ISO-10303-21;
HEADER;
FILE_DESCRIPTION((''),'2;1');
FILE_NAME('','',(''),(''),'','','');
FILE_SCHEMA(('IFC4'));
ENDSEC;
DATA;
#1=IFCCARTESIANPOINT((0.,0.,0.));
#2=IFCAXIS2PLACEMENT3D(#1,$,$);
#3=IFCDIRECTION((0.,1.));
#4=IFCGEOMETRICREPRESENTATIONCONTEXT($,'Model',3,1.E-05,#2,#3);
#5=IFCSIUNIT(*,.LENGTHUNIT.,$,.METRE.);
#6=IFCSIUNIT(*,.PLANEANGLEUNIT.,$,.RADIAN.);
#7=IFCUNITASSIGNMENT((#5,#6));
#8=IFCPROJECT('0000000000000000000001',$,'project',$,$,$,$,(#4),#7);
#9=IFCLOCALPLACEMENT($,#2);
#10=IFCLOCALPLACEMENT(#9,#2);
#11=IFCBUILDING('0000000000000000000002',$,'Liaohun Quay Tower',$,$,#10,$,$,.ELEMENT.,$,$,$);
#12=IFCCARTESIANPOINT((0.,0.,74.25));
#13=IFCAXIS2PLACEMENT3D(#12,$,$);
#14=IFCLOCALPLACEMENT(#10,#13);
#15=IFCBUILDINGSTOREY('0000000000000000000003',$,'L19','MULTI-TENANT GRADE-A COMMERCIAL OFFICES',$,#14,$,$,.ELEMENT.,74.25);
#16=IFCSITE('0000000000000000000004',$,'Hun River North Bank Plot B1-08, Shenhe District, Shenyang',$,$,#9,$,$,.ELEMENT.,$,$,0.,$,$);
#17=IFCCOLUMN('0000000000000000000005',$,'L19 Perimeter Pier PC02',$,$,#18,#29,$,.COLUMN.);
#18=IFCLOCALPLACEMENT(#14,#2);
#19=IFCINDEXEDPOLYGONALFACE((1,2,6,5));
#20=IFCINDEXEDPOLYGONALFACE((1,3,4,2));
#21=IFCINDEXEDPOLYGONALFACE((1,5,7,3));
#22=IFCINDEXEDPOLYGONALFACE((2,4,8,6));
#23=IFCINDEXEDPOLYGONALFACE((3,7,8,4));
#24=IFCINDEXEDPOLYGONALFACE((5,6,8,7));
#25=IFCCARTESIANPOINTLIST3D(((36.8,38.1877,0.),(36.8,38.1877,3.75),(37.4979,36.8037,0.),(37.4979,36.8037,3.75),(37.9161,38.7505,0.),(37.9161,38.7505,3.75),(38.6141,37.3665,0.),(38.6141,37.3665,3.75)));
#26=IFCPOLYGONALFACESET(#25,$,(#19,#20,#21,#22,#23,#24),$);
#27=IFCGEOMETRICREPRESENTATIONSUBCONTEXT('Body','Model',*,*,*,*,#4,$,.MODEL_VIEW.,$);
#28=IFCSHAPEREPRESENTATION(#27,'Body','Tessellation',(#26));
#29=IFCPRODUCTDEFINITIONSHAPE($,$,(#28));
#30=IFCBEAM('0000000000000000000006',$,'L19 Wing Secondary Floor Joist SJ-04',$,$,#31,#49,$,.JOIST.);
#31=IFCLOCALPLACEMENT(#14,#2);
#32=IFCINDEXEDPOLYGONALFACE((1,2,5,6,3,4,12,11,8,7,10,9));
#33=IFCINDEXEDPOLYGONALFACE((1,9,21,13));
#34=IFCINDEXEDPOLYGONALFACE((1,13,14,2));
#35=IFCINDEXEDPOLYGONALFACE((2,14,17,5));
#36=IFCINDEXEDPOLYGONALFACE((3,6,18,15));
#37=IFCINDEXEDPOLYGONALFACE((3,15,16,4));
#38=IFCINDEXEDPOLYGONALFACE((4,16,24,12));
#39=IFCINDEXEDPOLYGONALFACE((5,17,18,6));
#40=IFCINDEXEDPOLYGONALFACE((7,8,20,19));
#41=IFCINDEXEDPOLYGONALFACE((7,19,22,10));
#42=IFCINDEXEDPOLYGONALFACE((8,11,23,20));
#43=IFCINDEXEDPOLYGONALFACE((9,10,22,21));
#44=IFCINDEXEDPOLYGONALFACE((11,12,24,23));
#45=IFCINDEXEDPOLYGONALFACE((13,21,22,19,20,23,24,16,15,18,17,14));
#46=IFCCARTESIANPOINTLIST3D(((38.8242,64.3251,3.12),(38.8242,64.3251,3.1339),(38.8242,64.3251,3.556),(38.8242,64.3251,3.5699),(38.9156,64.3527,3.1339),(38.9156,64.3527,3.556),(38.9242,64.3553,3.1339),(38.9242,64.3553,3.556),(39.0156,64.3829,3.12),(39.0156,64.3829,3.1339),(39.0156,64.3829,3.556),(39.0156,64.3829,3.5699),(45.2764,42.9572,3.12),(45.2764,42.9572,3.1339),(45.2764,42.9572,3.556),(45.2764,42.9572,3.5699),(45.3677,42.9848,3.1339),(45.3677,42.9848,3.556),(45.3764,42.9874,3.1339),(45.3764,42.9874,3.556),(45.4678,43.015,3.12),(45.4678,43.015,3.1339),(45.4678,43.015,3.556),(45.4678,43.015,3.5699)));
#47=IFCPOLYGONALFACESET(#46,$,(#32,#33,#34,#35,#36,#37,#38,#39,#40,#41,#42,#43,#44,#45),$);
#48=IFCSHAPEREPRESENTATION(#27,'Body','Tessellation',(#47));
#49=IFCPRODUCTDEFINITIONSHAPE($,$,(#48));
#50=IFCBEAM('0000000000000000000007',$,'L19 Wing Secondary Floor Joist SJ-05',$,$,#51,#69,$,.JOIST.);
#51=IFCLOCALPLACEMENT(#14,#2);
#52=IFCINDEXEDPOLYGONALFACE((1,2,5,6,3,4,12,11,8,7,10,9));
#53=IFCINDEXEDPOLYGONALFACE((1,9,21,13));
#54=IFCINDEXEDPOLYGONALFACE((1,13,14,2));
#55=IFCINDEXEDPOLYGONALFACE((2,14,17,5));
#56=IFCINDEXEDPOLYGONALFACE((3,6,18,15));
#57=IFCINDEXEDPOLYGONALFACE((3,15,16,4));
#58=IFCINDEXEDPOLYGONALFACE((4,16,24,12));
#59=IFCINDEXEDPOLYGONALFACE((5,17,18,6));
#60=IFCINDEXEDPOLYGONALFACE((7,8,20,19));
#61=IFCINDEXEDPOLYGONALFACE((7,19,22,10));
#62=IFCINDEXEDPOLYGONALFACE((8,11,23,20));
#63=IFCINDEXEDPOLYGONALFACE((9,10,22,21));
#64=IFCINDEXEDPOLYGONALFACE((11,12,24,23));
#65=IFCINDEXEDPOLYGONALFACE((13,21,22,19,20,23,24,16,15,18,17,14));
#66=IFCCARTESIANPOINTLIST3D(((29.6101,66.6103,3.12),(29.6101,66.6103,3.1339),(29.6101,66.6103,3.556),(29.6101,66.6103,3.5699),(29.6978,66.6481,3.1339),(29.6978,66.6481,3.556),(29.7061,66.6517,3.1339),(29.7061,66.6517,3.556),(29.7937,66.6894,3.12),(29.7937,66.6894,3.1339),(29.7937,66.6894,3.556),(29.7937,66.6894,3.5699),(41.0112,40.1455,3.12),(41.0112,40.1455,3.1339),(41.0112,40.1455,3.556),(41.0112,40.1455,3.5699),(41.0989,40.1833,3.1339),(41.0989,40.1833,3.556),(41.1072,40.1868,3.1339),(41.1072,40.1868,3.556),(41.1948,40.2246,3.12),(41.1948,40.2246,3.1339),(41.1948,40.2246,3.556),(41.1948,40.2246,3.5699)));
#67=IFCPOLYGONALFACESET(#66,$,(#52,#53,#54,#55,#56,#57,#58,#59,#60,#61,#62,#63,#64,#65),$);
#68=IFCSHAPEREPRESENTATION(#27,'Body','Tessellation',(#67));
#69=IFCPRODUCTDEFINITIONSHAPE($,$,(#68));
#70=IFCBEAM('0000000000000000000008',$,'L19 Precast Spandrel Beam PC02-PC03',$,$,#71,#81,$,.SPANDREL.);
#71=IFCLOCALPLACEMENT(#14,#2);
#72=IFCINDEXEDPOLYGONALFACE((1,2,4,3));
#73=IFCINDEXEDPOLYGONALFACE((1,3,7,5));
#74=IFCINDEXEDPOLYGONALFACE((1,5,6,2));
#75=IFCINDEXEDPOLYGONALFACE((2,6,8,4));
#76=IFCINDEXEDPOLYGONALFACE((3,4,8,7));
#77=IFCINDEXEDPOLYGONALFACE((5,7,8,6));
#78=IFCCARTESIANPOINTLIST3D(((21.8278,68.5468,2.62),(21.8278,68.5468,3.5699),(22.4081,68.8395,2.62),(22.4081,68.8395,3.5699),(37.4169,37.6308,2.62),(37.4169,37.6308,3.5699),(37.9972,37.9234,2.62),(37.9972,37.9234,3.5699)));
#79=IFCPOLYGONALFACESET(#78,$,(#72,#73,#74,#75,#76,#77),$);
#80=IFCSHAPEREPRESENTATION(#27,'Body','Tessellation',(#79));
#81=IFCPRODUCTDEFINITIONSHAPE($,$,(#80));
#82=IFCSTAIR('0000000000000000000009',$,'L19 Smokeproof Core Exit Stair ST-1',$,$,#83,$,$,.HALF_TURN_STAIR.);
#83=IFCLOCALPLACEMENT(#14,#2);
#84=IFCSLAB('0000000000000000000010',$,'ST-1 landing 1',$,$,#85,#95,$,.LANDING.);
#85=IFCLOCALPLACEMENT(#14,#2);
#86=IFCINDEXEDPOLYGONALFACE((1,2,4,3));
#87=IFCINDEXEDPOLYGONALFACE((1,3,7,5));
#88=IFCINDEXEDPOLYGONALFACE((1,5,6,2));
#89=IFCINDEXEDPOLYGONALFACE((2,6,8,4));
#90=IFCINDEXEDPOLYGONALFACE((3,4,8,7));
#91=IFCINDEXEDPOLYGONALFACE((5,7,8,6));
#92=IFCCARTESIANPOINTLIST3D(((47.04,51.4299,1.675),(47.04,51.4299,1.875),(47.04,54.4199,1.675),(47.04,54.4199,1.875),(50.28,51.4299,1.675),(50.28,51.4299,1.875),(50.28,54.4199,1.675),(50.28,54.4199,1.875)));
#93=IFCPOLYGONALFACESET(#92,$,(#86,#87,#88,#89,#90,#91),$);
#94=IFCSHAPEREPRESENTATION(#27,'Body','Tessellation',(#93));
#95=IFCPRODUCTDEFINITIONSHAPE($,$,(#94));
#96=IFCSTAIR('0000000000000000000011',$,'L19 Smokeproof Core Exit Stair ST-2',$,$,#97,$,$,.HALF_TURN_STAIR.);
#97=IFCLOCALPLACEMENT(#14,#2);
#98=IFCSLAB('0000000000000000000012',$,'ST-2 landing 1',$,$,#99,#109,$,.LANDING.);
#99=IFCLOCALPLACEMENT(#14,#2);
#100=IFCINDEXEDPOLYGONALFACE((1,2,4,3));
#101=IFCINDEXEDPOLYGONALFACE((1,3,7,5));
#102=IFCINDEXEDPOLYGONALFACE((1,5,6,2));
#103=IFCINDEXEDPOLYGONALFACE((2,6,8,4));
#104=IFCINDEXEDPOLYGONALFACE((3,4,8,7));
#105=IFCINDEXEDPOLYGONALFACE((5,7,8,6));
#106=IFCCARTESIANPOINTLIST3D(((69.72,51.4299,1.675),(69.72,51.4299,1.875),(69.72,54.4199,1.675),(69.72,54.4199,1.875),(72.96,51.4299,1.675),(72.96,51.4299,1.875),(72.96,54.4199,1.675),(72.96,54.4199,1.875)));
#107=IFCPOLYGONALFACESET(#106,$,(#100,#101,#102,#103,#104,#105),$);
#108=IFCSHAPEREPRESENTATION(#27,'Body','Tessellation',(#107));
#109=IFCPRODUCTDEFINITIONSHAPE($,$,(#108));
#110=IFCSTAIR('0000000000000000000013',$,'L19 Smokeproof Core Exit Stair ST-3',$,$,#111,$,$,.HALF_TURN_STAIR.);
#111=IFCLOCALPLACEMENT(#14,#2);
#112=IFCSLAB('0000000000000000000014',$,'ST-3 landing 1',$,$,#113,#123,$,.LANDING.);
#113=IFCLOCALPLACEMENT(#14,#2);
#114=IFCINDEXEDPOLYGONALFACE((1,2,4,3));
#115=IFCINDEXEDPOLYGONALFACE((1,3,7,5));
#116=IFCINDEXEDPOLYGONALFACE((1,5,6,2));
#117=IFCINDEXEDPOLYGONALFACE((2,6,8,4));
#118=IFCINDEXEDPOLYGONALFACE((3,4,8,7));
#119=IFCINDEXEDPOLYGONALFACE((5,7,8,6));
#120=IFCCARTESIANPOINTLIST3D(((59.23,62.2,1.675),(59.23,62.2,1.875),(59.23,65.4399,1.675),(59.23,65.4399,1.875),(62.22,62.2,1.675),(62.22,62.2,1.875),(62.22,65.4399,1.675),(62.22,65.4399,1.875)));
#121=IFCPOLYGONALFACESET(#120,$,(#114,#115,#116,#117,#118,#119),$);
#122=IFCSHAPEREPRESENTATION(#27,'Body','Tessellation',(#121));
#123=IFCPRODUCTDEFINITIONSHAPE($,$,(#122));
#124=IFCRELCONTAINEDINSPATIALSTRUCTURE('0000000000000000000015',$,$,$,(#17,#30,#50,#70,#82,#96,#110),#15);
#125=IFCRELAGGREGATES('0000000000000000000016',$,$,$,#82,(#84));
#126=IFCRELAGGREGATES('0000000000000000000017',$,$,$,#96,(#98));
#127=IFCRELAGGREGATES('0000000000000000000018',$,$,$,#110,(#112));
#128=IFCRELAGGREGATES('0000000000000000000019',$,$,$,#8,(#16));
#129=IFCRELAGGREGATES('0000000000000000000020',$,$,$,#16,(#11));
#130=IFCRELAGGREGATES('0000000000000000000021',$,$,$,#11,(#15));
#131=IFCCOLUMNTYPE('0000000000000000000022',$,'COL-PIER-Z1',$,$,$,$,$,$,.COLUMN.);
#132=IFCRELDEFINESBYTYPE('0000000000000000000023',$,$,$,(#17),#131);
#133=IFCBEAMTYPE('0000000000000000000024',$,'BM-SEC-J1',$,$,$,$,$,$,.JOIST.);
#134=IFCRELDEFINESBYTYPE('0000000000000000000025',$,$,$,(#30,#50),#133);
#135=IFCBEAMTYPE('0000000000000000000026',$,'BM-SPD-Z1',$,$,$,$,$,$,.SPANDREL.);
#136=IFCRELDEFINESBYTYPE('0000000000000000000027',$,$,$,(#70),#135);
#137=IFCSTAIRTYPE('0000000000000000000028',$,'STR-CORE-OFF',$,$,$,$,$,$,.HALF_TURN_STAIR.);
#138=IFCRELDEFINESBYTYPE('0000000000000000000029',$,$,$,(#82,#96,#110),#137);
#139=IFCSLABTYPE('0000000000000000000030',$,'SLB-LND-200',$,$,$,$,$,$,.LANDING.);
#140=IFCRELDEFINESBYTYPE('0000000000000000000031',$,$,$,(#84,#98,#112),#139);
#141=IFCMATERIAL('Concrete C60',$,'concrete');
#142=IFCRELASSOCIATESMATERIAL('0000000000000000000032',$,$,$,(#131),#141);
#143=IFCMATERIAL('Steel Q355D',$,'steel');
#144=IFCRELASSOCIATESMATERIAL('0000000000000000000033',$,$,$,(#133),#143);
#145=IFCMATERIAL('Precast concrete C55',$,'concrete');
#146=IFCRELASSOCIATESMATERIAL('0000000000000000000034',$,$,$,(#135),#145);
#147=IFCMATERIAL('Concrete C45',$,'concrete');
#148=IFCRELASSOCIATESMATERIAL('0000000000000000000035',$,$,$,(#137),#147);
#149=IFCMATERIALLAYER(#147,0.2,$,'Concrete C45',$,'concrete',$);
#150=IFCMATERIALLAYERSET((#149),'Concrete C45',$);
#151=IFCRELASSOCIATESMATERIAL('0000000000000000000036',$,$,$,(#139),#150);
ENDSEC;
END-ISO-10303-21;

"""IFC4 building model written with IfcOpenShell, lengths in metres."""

from ifc_helpers import new_model, si_unit, direction, frame, origin, origin_2d, place, context, subcontext, project, spatial, polyline, rectangle, i_section, outline, extrude, source, transform, mapped, material, layer, layer_set, material_profile, profile_set, type_object, element, aggregate, save


model = new_model("IFC4")

# Units and contexts
model_context = context("Model", 3, precision=1e-05, world=origin(), true_north=direction((0.0, 1.0)))
body_context = subcontext(model_context, "Body", "Model", "MODEL_VIEW")
ifc_project = project(units=[si_unit("LENGTHUNIT", "METRE"), si_unit("PLANEANGLEUNIT", "RADIAN")], contexts=[model_context])

# Site, building, storey
site_placement = place(None, origin())
site = spatial("IfcSite", under=ifc_project, at=site_placement, Name="Hun River North Bank Plot B1-08, Shenhe District, Shenyang", CompositionType="ELEMENT", RefElevation=0.0)
building_placement = place(site_placement, origin())
building = spatial("IfcBuilding", under=site, at=building_placement, Name="Liaohun Quay Tower", CompositionType="ELEMENT")
storey_placement = place(building_placement, frame((0.0, 0.0, 74.25)))
storey = spatial("IfcBuildingStorey", under=building, at=storey_placement, Name="L19", Description="MULTI-TENANT GRADE-A COMMERCIAL OFFICES", CompositionType="ELEMENT", Elevation=74.25)

# Column
ifc_material_1 = material(Name="Concrete C60", Category="concrete")
ifc_material_profile_1 = material_profile(ifc_material_1, rectangle(XDim=1.55, YDim=1.25, at=origin_2d()), Name="RC1550x1250")
ifc_profile_set_1 = profile_set([ifc_material_profile_1], Name="Concrete C60")
column_type = type_object("IfcColumnType", Name="COL-PIER-Z1", PredefinedType="COLUMN", material=ifc_profile_set_1)
shared_shape_1 = source(origin(), body_context, "Body", "SweptSolid", [
    extrude(rectangle(XDim=1.55, YDim=1.25, at=origin_2d()), origin(), (0.0, 0.0, 1.0), 3.75),
])
column_placement = place(storey_placement, frame((37.707, 37.7771, 0.0), z_axis=(0.0, 0.0, 1.0), x_axis=(-0.450254, 0.8929, 0.0)))
element("IfcColumn", 1, at=column_placement, inside=storey, type_object=column_type, Name="L19 Perimeter Pier PC02", PredefinedType="COLUMN", context=body_context, shape_type="MappedRepresentation", body=[
    mapped(shared_shape_1, transform((0.0, 0.0, 0.0), x_axis=(1.0, 0.0, 0.0), y_axis=(0.0, 1.0, 0.0), z_axis=(0.0, 0.0, 1.0), scale=1.0)),
])

# Beams
ifc_material_2 = material(Name="Steel Q355D", Category="steel")
ifc_material_profile_2 = material_profile(ifc_material_2, i_section(OverallWidth=0.2, OverallDepth=0.45, WebThickness=0.009, FlangeThickness=0.0139, at=origin_2d()), Name="HN450x200x9x14")
ifc_profile_set_2 = profile_set([ifc_material_profile_2], Name="Steel Q355D")
beam_type_1 = type_object("IfcBeamType", Name="BM-SEC-J1", PredefinedType="JOIST", material=ifc_profile_set_2)
shared_shape_2 = source(origin(), body_context, "Body", "SweptSolid", [
    extrude(i_section(OverallWidth=0.2, OverallDepth=0.45, WebThickness=0.009, FlangeThickness=0.0139, at=origin_2d()), origin(), (0.0, 0.0, 1.0), 22.3208),
])
beam_1_placement = place(storey_placement, frame((45.3721, 42.9861, 3.345), z_axis=(-0.289064, 0.95731, 0.0), x_axis=(-0.95731, -0.289064, 0.0)))
element("IfcBeam", 2, at=beam_1_placement, inside=storey, type_object=beam_type_1, Name="L19 Wing Secondary Floor Joist SJ-04", PredefinedType="JOIST", context=body_context, shape_type="MappedRepresentation", body=[
    mapped(shared_shape_2, transform((0.0, 0.0, 0.0), x_axis=(1.0, 0.0, 0.0), y_axis=(0.0, 1.0, 0.0), z_axis=(0.0, 0.0, 1.0), scale=1.0)),
])
shared_shape_3 = source(origin(), body_context, "Body", "SweptSolid", [
    extrude(i_section(OverallWidth=0.2, OverallDepth=0.45, WebThickness=0.009, FlangeThickness=0.0139, at=origin_2d()), origin(), (0.0, 0.0, 1.0), 28.8162),
])
beam_2_placement = place(storey_placement, frame((41.103, 40.1851, 3.345), z_axis=(-0.39565, 0.918401, 0.0), x_axis=(-0.918401, -0.39565, 0.0)))
element("IfcBeam", 3, at=beam_2_placement, inside=storey, type_object=beam_type_1, Name="L19 Wing Secondary Floor Joist SJ-05", PredefinedType="JOIST", context=body_context, shape_type="MappedRepresentation", body=[
    mapped(shared_shape_3, transform((0.0, 0.0, 0.0), x_axis=(1.0, 0.0, 0.0), y_axis=(0.0, 1.0, 0.0), z_axis=(0.0, 0.0, 1.0), scale=1.0)),
])
ifc_material_3 = material(Name="Precast concrete C55", Category="concrete")
ifc_material_profile_3 = material_profile(ifc_material_3, rectangle(XDim=0.6499, YDim=0.95, at=origin_2d()), Name="RC650x950")
ifc_profile_set_3 = profile_set([ifc_material_profile_3], Name="Precast concrete C55")
beam_type_2 = type_object("IfcBeamType", Name="BM-SPD-Z1", PredefinedType="SPANDREL", material=ifc_profile_set_3)
shared_shape_4 = source(origin(), body_context, "Body", "SweptSolid", [
    extrude(rectangle(XDim=0.6499, YDim=0.95, at=origin_2d()), origin(), (0.0, 0.0, 1.0), 34.624),
])
beam_3_placement = place(storey_placement, frame((37.707, 37.7771, 3.095), z_axis=(-0.45024, 0.892907, 0.0), x_axis=(-0.892907, -0.45024, 0.0)))
element("IfcBeam", 4, at=beam_3_placement, inside=storey, type_object=beam_type_2, Name="L19 Precast Spandrel Beam PC02-PC03", PredefinedType="SPANDREL", context=body_context, shape_type="MappedRepresentation", body=[
    mapped(shared_shape_4, transform((0.0, 0.0, 0.0), x_axis=(1.0, 0.0, 0.0), y_axis=(0.0, 1.0, 0.0), z_axis=(0.0, 0.0, 1.0), scale=1.0)),
])

# Stairs, slabs
ifc_material_4 = material(Name="Concrete C45", Category="concrete")
stair_type = type_object("IfcStairType", Name="STR-CORE-OFF", PredefinedType="HALF_TURN_STAIR", material=ifc_material_4)
stair_1_placement = place(storey_placement, origin())
stair_1 = element("IfcStair", 5, at=stair_1_placement, inside=storey, type_object=stair_type, Name="L19 Smokeproof Core Exit Stair ST-1", PredefinedType="HALF_TURN_STAIR")
ifc_layer_1 = layer(ifc_material_4, 0.2, Name="Concrete C45", Category="concrete")
ifc_layer_set_1 = layer_set([ifc_layer_1], Name="Concrete C45")
slab_type_1 = type_object("IfcSlabType", Name="SLB-LND-200", PredefinedType="LANDING", material=ifc_layer_set_1)
slab_1_placement = place(storey_placement, frame((0.0, 0.0, 1.675)))
slab_1 = element("IfcSlab", 6, at=slab_1_placement, type_object=slab_type_1, Name="ST-1 landing 1", PredefinedType="LANDING", context=body_context, shape_type="SweptSolid", body=[
    extrude(outline(polyline([(50.28, 51.4299), (50.28, 54.4199), (47.04, 54.4199), (47.04, 51.4299), (50.28, 51.4299)])), origin(), (0.0, 0.0, 1.0), 0.2),
])
aggregate(stair_1, [slab_1])
stair_2_placement = place(storey_placement, origin())
stair_2 = element("IfcStair", 7, at=stair_2_placement, inside=storey, type_object=stair_type, Name="L19 Smokeproof Core Exit Stair ST-2", PredefinedType="HALF_TURN_STAIR")
slab_2_placement = place(storey_placement, frame((0.0, 0.0, 1.675)))
slab_2 = element("IfcSlab", 8, at=slab_2_placement, type_object=slab_type_1, Name="ST-2 landing 1", PredefinedType="LANDING", context=body_context, shape_type="SweptSolid", body=[
    extrude(outline(polyline([(72.96, 51.4299), (72.96, 54.4199), (69.72, 54.4199), (69.72, 51.4299), (72.96, 51.4299)])), origin(), (0.0, 0.0, 1.0), 0.2),
])
aggregate(stair_2, [slab_2])
stair_3_placement = place(storey_placement, origin())
stair_3 = element("IfcStair", 9, at=stair_3_placement, inside=storey, type_object=stair_type, Name="L19 Smokeproof Core Exit Stair ST-3", PredefinedType="HALF_TURN_STAIR")
slab_3_placement = place(storey_placement, frame((0.0, 0.0, 1.675)))
slab_3 = element("IfcSlab", 10, at=slab_3_placement, type_object=slab_type_1, Name="ST-3 landing 1", PredefinedType="LANDING", context=body_context, shape_type="SweptSolid", body=[
    extrude(outline(polyline([(59.23, 62.2), (62.22, 62.2), (62.22, 65.4399), (59.23, 65.4399), (59.23, 62.2)])), origin(), (0.0, 0.0, 1.0), 0.2),
])
aggregate(stair_3, [slab_3])

save(model, "model.ifc")
